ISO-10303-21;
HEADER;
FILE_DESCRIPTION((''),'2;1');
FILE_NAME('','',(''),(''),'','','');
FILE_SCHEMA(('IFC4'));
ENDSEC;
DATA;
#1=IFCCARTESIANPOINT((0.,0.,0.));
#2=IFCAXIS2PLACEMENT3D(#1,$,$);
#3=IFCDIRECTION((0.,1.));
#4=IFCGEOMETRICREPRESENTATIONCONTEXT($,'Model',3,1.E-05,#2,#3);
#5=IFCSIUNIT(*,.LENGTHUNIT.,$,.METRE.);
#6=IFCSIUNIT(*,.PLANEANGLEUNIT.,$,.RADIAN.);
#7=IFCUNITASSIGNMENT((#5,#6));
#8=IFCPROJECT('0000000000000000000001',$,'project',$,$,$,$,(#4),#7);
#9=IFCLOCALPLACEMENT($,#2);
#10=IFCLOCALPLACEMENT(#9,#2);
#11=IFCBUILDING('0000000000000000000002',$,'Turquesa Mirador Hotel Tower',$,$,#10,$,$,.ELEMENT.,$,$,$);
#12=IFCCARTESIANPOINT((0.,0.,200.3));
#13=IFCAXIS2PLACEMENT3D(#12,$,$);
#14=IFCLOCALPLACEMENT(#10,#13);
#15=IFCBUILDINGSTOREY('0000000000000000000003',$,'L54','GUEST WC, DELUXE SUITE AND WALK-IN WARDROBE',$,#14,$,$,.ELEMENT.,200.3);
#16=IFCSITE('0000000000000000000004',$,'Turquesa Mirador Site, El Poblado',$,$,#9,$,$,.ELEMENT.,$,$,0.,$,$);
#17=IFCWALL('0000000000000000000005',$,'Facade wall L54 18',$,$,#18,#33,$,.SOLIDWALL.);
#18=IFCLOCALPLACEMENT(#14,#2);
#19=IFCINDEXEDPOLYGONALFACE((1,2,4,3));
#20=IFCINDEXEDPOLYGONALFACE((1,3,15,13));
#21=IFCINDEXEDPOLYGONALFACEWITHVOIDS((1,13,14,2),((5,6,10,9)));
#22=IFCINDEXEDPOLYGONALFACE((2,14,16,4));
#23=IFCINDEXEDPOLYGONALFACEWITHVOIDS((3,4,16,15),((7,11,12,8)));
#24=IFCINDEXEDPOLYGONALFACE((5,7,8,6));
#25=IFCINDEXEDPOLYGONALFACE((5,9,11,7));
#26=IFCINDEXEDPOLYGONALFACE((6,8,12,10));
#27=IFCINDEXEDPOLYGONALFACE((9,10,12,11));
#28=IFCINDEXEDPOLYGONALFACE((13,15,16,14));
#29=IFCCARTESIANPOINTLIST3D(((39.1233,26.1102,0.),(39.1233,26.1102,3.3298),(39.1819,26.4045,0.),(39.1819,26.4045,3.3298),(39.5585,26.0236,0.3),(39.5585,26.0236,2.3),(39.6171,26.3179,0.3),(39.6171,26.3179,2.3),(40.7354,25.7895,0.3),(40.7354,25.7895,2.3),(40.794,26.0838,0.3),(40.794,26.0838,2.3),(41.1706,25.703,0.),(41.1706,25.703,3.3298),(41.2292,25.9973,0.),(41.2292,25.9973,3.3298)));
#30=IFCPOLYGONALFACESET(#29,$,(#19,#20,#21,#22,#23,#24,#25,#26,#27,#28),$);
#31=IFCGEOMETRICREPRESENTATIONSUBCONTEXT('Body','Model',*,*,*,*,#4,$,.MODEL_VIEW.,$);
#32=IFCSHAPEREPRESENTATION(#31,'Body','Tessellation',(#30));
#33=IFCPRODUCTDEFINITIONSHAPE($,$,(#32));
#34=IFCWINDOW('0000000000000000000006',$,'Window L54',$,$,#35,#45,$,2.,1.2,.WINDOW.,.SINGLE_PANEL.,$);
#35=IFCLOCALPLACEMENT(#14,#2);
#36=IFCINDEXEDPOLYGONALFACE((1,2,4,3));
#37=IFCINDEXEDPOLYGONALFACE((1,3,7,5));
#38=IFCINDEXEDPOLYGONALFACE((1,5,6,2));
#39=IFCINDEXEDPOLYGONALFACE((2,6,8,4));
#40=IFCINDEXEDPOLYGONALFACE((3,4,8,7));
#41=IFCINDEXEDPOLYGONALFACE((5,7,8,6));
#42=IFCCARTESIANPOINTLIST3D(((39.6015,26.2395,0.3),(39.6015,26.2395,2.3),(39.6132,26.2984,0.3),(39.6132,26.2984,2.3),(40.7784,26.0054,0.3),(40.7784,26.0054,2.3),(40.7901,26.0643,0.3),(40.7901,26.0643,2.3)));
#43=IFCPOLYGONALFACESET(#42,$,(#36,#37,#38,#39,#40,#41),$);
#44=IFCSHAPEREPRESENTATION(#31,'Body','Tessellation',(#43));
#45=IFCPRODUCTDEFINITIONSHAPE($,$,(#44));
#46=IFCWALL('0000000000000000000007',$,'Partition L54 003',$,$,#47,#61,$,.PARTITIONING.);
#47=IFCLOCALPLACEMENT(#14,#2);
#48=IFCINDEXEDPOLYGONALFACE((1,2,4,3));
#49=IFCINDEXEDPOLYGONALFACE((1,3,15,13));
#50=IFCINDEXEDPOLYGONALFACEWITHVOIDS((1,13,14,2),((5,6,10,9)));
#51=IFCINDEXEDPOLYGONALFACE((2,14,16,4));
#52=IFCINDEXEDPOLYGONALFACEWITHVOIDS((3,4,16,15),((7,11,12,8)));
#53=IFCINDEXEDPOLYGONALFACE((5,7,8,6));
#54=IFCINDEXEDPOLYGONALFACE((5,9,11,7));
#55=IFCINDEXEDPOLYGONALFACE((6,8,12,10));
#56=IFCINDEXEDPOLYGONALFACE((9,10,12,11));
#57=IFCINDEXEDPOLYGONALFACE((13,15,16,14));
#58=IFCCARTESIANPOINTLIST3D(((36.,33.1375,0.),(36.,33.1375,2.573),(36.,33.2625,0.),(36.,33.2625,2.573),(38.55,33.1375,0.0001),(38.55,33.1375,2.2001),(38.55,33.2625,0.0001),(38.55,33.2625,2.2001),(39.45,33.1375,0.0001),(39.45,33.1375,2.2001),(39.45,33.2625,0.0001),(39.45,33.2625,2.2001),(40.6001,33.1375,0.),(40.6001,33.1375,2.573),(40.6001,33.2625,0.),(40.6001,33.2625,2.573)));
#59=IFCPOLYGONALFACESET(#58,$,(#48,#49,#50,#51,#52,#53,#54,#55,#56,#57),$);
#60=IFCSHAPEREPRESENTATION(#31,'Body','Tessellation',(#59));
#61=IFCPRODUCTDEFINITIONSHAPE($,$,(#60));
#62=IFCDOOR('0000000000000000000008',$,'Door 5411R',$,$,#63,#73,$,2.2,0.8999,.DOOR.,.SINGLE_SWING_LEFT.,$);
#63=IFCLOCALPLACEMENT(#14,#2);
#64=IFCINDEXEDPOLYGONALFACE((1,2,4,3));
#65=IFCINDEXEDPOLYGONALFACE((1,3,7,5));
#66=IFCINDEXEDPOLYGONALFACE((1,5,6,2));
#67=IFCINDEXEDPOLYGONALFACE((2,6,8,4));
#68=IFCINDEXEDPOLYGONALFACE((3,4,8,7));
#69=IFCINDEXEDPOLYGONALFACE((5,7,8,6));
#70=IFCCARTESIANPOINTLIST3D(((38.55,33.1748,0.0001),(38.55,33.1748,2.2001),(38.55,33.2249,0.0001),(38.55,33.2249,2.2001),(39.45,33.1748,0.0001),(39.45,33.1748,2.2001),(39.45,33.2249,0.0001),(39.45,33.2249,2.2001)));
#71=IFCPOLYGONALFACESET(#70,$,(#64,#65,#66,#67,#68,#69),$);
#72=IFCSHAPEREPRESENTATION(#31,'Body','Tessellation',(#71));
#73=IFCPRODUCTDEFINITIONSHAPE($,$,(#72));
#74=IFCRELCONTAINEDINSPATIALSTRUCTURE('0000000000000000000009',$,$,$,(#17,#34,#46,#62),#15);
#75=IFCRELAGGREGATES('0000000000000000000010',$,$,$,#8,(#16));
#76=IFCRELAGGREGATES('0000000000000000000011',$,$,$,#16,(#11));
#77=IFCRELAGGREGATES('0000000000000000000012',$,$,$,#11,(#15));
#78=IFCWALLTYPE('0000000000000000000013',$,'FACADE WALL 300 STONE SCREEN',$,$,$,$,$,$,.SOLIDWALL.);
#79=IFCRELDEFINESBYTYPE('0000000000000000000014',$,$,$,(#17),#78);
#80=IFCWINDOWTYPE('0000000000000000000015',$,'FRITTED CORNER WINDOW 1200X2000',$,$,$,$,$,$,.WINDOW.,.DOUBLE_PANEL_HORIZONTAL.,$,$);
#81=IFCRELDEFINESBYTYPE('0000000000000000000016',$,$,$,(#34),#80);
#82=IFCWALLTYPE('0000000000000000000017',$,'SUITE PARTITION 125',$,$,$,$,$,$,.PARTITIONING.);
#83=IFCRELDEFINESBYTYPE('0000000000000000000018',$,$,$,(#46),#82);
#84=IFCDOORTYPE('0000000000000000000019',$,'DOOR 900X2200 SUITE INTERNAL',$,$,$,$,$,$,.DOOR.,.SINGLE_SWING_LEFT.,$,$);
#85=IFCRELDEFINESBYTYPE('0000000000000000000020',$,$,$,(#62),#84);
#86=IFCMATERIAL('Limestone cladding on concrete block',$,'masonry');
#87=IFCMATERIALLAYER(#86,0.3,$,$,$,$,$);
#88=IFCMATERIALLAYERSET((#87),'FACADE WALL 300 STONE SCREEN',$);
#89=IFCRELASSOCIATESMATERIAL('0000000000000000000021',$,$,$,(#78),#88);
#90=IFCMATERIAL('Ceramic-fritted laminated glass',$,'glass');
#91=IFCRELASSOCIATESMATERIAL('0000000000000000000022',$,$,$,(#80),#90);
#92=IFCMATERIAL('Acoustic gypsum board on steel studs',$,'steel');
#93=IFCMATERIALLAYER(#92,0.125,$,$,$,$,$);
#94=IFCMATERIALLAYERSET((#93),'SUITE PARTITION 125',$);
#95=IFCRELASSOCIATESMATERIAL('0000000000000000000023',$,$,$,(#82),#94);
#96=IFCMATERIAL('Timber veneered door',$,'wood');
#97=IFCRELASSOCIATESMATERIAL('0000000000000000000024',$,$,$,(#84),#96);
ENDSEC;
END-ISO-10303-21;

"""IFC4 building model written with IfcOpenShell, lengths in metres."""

from ifc_helpers import new_model, si_unit, direction, frame, frame_2d, origin, place, context, subcontext, project, spatial, rectangle, extrude, material, layer, layer_set, type_object, element, fill, save


model = new_model("IFC4")

# Units and contexts
model_context = context("Model", 3, precision=1e-05, world=origin(), true_north=direction((0.0, 1.0)))
body_context = subcontext(model_context, "Body", "Model", "MODEL_VIEW")
ifc_project = project(units=[si_unit("LENGTHUNIT", "METRE"), si_unit("PLANEANGLEUNIT", "RADIAN")], contexts=[model_context])

# Site, building, storey
site_placement = place(None, origin())
site = spatial("IfcSite", under=ifc_project, at=site_placement, Name="Turquesa Mirador Site, El Poblado", CompositionType="ELEMENT", RefElevation=0.0)
building_placement = place(site_placement, origin())
building = spatial("IfcBuilding", under=site, at=building_placement, Name="Turquesa Mirador Hotel Tower", CompositionType="ELEMENT")
storey_placement = place(building_placement, frame((0.0, 0.0, 200.3)))
storey = spatial("IfcBuildingStorey", under=building, at=storey_placement, Name="L54", Description="GUEST WC, DELUXE SUITE AND WALK-IN WARDROBE", CompositionType="ELEMENT", Elevation=200.3)

# Wall, opening, window
ifc_material_1 = material(Name="Limestone cladding on concrete block", Category="masonry")
ifc_layer_1 = layer(ifc_material_1, 0.3)
ifc_layer_set_1 = layer_set([ifc_layer_1], Name="FACADE WALL 300 STONE SCREEN")
wall_type_1 = type_object("IfcWallType", Name="FACADE WALL 300 STONE SCREEN", PredefinedType="SOLIDWALL", material=ifc_layer_set_1)
ifc_material_2 = material(Name="Ceramic-fritted laminated glass", Category="glass")
window_type = type_object("IfcWindowType", Name="FRITTED CORNER WINDOW 1200X2000", PartitioningType="DOUBLE_PANEL_HORIZONTAL", PredefinedType="WINDOW", material=ifc_material_2)
wall_1_placement = place(storey_placement, frame((39.1526, 26.2573, 0.0), z_axis=(0.0, 0.0, 1.0), x_axis=(0.980787, -0.195081, 0.0)))
wall_1 = element("IfcWall", 1, at=wall_1_placement, inside=storey, type_object=wall_type_1, Name="Facade wall L54 18", PredefinedType="SOLIDWALL", context=body_context, shape_type="SweptSolid", body=[
    extrude(rectangle(XDim=2.0874, YDim=0.3, at=frame_2d((1.0437, 0.0))), origin(), (0.0, 0.0, 1.0), 3.3298),
])
opening_1_placement = place(wall_1_placement, frame((0.4436, 0.0, 0.3)))
opening_1 = element("IfcOpeningElement", 2, at=opening_1_placement, cuts=wall_1, PredefinedType="OPENING", context=body_context, shape_type="SweptSolid", body=[
    extrude(rectangle(XDim=1.2, YDim=2.0, at=frame_2d((0.6001, 1.0))), frame((0.0, 0.1599, 0.0), z_axis=(0.0, -1.0, 0.0), x_axis=(1.0, 0.0, 0.0)), (0.0, 0.0, 1.0), 0.3201),
])
window_1_placement = place(opening_1_placement, origin())
window_1 = element("IfcWindow", 3, at=window_1_placement, inside=storey, type_object=window_type, Name="Window L54", OverallHeight=2.0, OverallWidth=1.2, PartitioningType="SINGLE_PANEL", PredefinedType="WINDOW", context=body_context, shape_type="SweptSolid", body=[
    extrude(rectangle(XDim=1.2, YDim=2.0, at=frame_2d((0.6001, 1.0))), frame((0.0, 0.1301, 0.0), z_axis=(0.0, -1.0, 0.0), x_axis=(1.0, 0.0, 0.0)), (0.0, 0.0, 1.0), 0.0601),
])
fill(opening_1, window_1)

# Wall, opening, door
ifc_material_3 = material(Name="Acoustic gypsum board on steel studs", Category="steel")
ifc_layer_2 = layer(ifc_material_3, 0.125)
ifc_layer_set_2 = layer_set([ifc_layer_2], Name="SUITE PARTITION 125")
wall_type_2 = type_object("IfcWallType", Name="SUITE PARTITION 125", PredefinedType="PARTITIONING", material=ifc_layer_set_2)
wall_2_placement = place(storey_placement, frame((36.0, 33.2, 0.0), z_axis=(0.0, 0.0, 1.0), x_axis=(1.0, 0.0, 0.0)))
wall_2 = element("IfcWall", 4, at=wall_2_placement, inside=storey, type_object=wall_type_2, Name="Partition L54 003", PredefinedType="PARTITIONING", context=body_context, shape_type="SweptSolid", body=[
    extrude(rectangle(XDim=4.6001, YDim=0.125, at=frame_2d((2.3, 0.0))), origin(), (0.0, 0.0, 1.0), 2.573),
])
opening_2_placement = place(wall_2_placement, frame((2.55, 0.0, 0.0)))
opening_2 = element("IfcOpeningElement", 5, at=opening_2_placement, cuts=wall_2, PredefinedType="OPENING", context=body_context, shape_type="SweptSolid", body=[
    extrude(rectangle(XDim=0.8999, YDim=2.2, at=frame_2d((0.45, 1.1001))), frame((0.0, 0.0725, 0.0), z_axis=(0.0, -1.0, 0.0), x_axis=(1.0, 0.0, 0.0)), (0.0, 0.0, 1.0), 0.145),
])
ifc_material_4 = material(Name="Timber veneered door", Category="wood")
door_type_1 = type_object("IfcDoorType", Name="DOOR 900X2200 SUITE INTERNAL", OperationType="SINGLE_SWING_LEFT", PredefinedType="DOOR", material=ifc_material_4)
door_1_placement = place(opening_2_placement, origin())
door_1 = element("IfcDoor", 6, at=door_1_placement, inside=storey, type_object=door_type_1, Name="Door 5411R", OperationType="SINGLE_SWING_LEFT", OverallHeight=2.2, OverallWidth=0.8999, PredefinedType="DOOR", context=body_context, shape_type="SweptSolid", body=[
    extrude(rectangle(XDim=0.8999, YDim=2.2, at=frame_2d((0.45, 1.1001))), frame((0.0, 0.0249, 0.0), z_axis=(0.0, -1.0, 0.0), x_axis=(1.0, 0.0, 0.0)), (0.0, 0.0, 1.0), 0.05),
])
fill(opening_2, door_1)

save(model, "model.ifc")
